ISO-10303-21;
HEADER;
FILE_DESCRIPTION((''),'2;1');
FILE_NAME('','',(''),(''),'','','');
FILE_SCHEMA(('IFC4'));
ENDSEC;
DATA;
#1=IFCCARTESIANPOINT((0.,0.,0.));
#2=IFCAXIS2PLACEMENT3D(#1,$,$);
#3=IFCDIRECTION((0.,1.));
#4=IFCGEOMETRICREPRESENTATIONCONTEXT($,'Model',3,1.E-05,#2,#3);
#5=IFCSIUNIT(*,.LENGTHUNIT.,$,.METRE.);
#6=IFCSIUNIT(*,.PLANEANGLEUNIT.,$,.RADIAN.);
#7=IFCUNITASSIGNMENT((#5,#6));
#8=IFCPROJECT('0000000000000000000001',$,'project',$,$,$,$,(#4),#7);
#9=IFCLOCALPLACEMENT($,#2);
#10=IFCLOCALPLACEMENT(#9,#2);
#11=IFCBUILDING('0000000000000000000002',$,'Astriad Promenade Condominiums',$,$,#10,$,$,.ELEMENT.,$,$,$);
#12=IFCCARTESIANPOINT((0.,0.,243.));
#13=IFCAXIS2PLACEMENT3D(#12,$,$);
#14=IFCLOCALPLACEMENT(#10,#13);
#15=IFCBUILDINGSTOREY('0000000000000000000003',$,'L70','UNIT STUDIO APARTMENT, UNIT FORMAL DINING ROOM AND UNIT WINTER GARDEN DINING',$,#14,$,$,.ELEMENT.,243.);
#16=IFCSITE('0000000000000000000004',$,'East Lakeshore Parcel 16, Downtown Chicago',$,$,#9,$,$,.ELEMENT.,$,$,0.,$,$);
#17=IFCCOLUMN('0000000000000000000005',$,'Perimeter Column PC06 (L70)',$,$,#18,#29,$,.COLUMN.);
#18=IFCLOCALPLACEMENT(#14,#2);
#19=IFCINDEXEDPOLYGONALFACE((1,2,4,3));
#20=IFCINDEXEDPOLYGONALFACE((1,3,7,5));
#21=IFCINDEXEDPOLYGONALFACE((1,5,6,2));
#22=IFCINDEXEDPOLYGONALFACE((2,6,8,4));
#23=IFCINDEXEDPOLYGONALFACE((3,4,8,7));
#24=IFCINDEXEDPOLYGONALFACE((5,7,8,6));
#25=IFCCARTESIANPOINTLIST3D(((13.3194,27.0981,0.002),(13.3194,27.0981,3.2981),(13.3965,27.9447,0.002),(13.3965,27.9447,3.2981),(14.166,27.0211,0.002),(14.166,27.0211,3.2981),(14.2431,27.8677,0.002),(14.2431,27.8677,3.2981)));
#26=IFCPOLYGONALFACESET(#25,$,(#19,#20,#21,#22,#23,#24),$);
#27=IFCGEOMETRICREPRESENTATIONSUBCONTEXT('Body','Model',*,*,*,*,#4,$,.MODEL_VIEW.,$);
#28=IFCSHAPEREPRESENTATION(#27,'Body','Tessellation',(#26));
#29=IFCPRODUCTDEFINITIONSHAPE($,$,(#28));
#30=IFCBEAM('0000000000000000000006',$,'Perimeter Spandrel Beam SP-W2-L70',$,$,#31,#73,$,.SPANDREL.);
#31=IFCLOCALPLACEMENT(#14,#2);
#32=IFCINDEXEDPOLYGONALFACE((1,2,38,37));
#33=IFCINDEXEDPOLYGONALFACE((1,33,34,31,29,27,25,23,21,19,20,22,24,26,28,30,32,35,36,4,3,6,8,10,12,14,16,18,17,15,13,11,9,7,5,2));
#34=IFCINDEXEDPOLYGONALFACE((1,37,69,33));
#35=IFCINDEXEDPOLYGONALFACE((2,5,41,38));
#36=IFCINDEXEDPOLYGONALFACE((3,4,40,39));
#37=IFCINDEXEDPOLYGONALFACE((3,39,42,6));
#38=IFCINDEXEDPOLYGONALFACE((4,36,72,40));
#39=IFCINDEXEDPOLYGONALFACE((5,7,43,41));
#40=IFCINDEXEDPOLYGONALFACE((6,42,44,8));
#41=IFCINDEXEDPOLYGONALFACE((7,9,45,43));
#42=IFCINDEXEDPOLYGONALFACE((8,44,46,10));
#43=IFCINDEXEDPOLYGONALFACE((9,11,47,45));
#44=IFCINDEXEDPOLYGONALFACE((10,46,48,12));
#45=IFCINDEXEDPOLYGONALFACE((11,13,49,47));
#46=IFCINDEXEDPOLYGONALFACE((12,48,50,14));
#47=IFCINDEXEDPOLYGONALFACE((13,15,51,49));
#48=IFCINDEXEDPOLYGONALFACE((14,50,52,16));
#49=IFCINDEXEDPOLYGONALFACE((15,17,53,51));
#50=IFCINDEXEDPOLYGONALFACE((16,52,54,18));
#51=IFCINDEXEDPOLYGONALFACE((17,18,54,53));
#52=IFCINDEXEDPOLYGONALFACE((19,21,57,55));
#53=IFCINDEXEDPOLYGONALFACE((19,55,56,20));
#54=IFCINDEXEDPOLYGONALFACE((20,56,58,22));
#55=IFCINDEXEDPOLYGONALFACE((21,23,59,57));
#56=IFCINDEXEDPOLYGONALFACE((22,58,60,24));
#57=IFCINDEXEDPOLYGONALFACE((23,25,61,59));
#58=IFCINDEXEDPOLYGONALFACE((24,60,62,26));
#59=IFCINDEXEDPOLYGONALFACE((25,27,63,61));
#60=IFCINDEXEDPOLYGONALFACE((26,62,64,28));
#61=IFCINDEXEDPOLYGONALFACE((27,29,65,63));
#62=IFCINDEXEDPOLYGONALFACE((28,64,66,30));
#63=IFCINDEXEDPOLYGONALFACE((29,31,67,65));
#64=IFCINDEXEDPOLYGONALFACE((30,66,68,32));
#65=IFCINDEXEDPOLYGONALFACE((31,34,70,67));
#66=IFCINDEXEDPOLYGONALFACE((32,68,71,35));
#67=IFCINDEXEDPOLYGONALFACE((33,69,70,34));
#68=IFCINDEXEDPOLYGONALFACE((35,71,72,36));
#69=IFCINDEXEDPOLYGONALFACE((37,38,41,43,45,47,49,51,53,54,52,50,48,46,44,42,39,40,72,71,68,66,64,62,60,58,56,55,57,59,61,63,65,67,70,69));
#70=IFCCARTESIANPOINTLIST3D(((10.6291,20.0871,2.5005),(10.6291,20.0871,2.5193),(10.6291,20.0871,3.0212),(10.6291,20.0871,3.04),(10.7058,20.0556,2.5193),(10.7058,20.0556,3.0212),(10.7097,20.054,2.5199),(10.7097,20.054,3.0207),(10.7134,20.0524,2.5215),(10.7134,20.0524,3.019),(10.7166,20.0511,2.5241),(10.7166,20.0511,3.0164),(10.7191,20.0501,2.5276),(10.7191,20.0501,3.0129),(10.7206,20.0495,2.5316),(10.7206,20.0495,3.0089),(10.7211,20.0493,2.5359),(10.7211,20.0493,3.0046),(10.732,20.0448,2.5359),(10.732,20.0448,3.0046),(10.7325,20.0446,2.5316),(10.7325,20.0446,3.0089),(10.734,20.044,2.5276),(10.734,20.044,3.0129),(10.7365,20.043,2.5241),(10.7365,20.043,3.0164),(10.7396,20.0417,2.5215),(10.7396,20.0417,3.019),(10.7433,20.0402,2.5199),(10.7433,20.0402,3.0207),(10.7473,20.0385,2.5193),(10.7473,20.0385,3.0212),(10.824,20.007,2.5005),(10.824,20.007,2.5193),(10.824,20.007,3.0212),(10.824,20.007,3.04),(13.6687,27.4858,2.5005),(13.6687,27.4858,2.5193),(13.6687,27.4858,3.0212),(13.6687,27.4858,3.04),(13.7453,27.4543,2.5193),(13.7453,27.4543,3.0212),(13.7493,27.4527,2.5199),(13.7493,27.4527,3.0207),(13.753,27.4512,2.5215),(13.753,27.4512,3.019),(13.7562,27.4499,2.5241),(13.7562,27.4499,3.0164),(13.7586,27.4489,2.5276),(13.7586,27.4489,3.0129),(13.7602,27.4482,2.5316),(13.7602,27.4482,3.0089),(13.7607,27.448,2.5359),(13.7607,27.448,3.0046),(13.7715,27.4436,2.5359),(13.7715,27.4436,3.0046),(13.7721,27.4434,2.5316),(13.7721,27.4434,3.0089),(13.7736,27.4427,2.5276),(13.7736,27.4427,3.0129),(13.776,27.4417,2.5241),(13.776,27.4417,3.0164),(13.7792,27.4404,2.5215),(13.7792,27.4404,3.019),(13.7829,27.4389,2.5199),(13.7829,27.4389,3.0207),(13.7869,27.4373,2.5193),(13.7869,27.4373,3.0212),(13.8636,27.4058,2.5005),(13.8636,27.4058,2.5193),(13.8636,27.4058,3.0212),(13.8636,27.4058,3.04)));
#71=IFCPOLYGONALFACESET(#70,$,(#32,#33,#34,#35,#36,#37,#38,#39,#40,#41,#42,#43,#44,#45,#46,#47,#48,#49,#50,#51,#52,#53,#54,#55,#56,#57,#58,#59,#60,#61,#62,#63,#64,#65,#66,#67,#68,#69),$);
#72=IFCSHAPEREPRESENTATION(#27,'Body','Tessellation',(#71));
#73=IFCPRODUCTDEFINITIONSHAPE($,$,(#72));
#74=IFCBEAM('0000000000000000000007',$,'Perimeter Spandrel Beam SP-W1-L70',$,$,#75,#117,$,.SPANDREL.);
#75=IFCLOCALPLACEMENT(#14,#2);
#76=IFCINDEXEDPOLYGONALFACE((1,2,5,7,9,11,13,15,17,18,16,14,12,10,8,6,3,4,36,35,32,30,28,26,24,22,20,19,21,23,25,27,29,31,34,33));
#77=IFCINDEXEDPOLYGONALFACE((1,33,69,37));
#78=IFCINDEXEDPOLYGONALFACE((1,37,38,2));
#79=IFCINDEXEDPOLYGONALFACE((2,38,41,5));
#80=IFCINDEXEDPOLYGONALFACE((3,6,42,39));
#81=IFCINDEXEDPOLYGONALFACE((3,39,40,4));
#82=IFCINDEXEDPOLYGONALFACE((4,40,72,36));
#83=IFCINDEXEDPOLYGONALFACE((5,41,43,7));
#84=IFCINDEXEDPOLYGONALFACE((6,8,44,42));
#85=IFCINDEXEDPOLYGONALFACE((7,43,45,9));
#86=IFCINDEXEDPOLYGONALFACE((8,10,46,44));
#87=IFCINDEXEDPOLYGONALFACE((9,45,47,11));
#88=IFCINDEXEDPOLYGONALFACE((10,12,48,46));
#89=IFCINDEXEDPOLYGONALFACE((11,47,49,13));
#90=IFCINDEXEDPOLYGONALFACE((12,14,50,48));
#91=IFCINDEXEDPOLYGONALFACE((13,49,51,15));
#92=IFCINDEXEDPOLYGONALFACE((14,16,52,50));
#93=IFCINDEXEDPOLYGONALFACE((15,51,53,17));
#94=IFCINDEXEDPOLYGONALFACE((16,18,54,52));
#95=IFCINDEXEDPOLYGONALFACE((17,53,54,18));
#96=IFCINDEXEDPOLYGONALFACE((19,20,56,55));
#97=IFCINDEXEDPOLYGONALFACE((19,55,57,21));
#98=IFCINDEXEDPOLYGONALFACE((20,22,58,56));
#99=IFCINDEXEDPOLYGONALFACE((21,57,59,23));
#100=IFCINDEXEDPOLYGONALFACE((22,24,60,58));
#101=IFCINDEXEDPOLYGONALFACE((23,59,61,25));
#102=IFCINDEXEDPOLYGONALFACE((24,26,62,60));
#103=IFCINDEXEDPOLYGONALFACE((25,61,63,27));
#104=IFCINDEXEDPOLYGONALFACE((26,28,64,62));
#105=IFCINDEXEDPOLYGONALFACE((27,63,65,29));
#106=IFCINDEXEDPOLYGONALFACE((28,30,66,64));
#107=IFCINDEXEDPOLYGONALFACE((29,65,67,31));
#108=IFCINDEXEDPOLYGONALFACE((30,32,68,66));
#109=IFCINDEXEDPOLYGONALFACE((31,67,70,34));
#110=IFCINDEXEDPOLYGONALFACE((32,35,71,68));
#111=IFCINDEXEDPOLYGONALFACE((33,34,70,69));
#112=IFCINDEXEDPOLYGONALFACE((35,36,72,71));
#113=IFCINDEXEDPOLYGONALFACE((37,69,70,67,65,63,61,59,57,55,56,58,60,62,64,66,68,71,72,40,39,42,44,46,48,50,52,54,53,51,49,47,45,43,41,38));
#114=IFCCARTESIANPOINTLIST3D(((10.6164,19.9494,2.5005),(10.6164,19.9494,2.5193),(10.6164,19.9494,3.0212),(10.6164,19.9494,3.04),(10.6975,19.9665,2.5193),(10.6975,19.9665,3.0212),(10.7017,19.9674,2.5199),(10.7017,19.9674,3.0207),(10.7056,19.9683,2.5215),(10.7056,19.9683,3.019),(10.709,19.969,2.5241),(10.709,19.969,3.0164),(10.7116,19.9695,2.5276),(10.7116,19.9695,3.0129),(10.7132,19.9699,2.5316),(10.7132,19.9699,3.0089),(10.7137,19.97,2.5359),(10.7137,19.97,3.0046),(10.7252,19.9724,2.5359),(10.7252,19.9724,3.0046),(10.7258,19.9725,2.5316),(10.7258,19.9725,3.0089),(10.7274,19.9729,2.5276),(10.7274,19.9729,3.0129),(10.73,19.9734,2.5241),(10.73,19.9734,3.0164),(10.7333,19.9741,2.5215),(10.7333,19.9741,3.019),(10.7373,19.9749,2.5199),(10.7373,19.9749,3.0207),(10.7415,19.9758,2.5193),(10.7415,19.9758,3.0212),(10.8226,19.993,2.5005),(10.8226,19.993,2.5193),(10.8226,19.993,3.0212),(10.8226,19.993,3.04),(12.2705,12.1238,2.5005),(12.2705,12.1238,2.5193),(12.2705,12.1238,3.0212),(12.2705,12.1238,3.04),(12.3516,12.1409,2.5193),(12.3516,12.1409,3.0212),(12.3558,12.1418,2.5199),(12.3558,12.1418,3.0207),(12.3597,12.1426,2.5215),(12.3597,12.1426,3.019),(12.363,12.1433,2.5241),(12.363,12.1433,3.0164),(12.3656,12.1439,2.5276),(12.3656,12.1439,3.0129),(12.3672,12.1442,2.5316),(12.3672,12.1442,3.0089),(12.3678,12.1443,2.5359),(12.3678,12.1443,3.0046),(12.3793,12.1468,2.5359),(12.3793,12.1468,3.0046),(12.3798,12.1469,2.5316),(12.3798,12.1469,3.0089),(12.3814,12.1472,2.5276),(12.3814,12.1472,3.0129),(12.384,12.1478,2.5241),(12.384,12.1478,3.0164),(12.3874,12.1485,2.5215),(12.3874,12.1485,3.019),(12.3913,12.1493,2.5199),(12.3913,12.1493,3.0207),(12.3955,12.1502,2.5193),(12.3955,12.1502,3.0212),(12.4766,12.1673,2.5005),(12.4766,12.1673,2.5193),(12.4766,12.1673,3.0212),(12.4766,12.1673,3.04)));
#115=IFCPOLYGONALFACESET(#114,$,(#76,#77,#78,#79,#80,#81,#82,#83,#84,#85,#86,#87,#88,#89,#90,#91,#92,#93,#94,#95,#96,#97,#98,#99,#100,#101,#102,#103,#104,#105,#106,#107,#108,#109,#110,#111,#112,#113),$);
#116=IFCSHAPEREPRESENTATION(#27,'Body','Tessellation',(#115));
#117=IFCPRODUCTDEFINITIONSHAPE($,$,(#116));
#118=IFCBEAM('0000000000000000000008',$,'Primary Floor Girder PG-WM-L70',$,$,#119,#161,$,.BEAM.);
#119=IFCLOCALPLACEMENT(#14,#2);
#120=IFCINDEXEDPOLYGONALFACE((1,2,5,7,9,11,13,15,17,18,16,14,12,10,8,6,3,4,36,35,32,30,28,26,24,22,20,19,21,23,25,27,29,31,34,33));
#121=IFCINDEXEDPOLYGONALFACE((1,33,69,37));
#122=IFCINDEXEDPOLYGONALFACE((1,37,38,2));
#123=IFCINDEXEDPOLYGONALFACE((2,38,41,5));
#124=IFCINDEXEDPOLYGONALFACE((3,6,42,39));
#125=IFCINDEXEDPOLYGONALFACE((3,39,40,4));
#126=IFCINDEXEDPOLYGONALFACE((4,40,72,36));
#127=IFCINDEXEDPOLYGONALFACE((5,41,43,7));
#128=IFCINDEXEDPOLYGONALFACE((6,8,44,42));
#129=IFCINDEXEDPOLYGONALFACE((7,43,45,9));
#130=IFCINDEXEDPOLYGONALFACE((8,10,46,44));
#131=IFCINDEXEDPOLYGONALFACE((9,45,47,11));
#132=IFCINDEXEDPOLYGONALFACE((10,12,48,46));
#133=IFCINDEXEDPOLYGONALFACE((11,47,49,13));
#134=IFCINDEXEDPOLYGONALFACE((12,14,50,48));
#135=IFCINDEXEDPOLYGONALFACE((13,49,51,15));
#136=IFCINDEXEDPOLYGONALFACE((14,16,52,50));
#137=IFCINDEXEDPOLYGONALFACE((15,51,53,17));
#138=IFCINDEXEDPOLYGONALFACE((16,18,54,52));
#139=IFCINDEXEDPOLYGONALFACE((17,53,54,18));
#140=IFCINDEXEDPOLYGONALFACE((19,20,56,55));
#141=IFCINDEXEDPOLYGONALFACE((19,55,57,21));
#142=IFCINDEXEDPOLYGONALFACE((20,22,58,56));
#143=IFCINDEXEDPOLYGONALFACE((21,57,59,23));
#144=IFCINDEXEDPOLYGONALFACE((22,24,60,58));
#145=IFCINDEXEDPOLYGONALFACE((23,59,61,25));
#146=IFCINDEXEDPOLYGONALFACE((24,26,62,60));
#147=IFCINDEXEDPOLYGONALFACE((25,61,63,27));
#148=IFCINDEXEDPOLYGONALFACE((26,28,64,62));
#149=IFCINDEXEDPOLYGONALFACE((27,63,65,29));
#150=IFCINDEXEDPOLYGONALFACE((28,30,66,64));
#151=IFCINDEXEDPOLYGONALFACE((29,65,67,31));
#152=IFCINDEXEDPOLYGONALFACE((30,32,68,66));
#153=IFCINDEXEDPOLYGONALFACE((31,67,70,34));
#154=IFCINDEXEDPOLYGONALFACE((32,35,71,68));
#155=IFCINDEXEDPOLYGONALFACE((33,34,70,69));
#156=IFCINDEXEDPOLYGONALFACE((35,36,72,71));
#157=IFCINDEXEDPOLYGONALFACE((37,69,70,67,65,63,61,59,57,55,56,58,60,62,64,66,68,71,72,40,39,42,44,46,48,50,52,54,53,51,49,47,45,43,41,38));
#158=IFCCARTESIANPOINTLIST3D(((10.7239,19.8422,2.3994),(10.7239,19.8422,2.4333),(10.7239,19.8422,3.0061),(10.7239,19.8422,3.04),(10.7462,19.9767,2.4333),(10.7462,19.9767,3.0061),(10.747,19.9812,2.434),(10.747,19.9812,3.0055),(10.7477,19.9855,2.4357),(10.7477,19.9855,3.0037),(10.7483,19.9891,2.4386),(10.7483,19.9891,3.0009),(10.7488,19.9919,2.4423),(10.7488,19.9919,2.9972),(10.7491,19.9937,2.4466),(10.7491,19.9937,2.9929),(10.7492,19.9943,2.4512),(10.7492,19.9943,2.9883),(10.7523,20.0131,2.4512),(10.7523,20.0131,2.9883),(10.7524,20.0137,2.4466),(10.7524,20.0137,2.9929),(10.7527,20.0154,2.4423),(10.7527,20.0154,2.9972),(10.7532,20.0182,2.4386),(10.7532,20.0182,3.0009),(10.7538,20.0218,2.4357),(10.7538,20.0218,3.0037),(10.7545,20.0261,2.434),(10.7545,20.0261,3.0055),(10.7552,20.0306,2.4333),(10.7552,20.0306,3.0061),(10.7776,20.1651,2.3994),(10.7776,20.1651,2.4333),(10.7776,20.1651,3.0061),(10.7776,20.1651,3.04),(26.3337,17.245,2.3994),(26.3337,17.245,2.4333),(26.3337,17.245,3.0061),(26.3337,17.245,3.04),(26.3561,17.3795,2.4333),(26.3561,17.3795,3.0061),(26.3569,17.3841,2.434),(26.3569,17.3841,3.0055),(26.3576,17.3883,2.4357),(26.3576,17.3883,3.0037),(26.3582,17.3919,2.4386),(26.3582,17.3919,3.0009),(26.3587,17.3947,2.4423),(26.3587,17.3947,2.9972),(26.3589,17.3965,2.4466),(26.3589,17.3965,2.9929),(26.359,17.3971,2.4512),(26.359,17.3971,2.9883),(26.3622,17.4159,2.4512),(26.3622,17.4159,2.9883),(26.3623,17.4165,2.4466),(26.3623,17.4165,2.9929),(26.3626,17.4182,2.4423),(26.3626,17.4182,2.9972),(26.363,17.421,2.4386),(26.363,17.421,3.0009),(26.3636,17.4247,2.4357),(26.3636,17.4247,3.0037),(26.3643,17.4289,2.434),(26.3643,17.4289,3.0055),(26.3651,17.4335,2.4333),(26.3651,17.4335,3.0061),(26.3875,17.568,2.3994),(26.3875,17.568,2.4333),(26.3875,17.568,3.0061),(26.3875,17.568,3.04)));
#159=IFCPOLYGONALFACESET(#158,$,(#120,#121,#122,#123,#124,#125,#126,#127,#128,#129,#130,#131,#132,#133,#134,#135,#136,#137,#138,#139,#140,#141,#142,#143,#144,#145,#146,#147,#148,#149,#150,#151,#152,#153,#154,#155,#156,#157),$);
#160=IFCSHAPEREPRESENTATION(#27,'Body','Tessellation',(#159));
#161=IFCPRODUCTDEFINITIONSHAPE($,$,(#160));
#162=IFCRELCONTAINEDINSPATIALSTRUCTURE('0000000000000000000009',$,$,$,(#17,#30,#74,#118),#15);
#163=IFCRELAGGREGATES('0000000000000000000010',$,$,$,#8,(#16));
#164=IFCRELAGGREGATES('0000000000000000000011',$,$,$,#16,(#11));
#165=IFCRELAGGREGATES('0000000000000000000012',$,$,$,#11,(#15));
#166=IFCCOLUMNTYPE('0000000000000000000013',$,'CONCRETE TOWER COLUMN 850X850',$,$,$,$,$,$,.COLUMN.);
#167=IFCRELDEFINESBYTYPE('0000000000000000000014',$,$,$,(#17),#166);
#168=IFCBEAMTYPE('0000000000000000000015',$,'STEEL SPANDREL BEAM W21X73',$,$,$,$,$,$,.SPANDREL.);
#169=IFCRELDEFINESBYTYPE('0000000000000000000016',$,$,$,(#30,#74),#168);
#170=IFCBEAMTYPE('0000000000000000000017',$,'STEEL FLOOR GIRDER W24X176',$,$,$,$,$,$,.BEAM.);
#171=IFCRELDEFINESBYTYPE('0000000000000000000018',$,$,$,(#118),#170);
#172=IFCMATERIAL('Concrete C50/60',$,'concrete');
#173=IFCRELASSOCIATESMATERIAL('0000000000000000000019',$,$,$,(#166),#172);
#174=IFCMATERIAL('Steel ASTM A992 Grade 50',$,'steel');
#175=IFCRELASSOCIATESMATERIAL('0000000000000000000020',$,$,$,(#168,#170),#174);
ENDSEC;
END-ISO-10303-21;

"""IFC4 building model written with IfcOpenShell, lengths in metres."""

from ifc_helpers import new_model, si_unit, direction, frame, origin, origin_2d, place, context, subcontext, project, spatial, rectangle, i_section, extrude, source, transform, mapped, material, material_profile, profile_set, type_object, type_shapes, element, save


model = new_model("IFC4")

# Units and contexts
model_context = context("Model", 3, precision=1e-05, world=origin(), true_north=direction((0.0, 1.0)))
body_context = subcontext(model_context, "Body", "Model", "MODEL_VIEW")
ifc_project = project(units=[si_unit("LENGTHUNIT", "METRE"), si_unit("PLANEANGLEUNIT", "RADIAN")], contexts=[model_context])

# Site, building, storey
site_placement = place(None, origin())
site = spatial("IfcSite", under=ifc_project, at=site_placement, Name="East Lakeshore Parcel 16, Downtown Chicago", CompositionType="ELEMENT", RefElevation=0.0)
building_placement = place(site_placement, origin())
building = spatial("IfcBuilding", under=site, at=building_placement, Name="Astriad Promenade Condominiums", CompositionType="ELEMENT")
storey_placement = place(building_placement, frame((0.0, 0.0, 243.0)))
storey = spatial("IfcBuildingStorey", under=building, at=storey_placement, Name="L70", Description="UNIT STUDIO APARTMENT, UNIT FORMAL DINING ROOM AND UNIT WINTER GARDEN DINING", CompositionType="ELEMENT", Elevation=243.0)

# Column
ifc_material_1 = material(Name="Concrete C50/60", Category="concrete")
ifc_material_profile_1 = material_profile(ifc_material_1, rectangle(XDim=0.8501, YDim=0.8501, at=origin_2d()), Name="RC-COL-850X850")
ifc_profile_set_1 = profile_set([ifc_material_profile_1], Name="Concrete C50/60")
column_type = type_object("IfcColumnType", Name="CONCRETE TOWER COLUMN 850X850", PredefinedType="COLUMN", material=ifc_profile_set_1)
shared_shape_1 = source(origin(), body_context, "Body", "SweptSolid", [
    extrude(rectangle(XDim=0.8501, YDim=0.8501, at=origin_2d()), origin(), (0.0, 0.0, 1.0), 3.2961),
])
type_shapes(column_type, [shared_shape_1])
column_placement = place(storey_placement, frame((13.7812, 27.4829, 0.002), z_axis=(0.0, 0.0, 1.0), x_axis=(0.995884, -0.090633, 0.0)))
element("IfcColumn", 1, at=column_placement, inside=storey, type_object=column_type, Name="Perimeter Column PC06 (L70)", PredefinedType="COLUMN", context=body_context, shape_type="MappedRepresentation", body=[
    mapped(shared_shape_1, transform((0.0, 0.0, 0.0), scale=1.0)),
])

# Beams
ifc_material_2 = material(Name="Steel ASTM A992 Grade 50", Category="steel")
ifc_material_profile_2 = material_profile(ifc_material_2, i_section(OverallWidth=0.2107, OverallDepth=0.5396, WebThickness=0.0117, FlangeThickness=0.0188, FilletRadius=0.0166, at=origin_2d()), Name="W21X73")
ifc_profile_set_2 = profile_set([ifc_material_profile_2], Name="Steel ASTM A992 Grade 50")
beam_type_1 = type_object("IfcBeamType", Name="STEEL SPANDREL BEAM W21X73", PredefinedType="SPANDREL", material=ifc_profile_set_2)
shared_shape_2 = source(origin(), body_context, "Body", "SweptSolid", [
    extrude(i_section(OverallWidth=0.2107, OverallDepth=0.5396, WebThickness=0.0117, FlangeThickness=0.0188, FilletRadius=0.0166, at=origin_2d()), origin(), (0.0, 0.0, 1.0), 7.9988),
])
beam_1_placement = place(storey_placement, frame((13.7661, 27.4458, 2.7703), z_axis=(-0.380005, -0.924984, 0.0), x_axis=(0.924984, -0.380005, 0.0)))
element("IfcBeam", 2, at=beam_1_placement, inside=storey, type_object=beam_type_1, Name="Perimeter Spandrel Beam SP-W2-L70", PredefinedType="SPANDREL", context=body_context, shape_type="MappedRepresentation", body=[
    mapped(shared_shape_2, transform((0.0, 0.0, 0.0), scale=1.0)),
])
shared_shape_3 = source(origin(), body_context, "Body", "SweptSolid", [
    extrude(i_section(OverallWidth=0.2107, OverallDepth=0.5396, WebThickness=0.0117, FlangeThickness=0.0188, FilletRadius=0.0166, at=origin_2d()), origin(), (0.0, 0.0, 1.0), 7.9985),
])
type_shapes(beam_type_1, [shared_shape_2, shared_shape_3])
beam_2_placement = place(storey_placement, frame((10.7195, 19.9712, 2.7703), z_axis=(0.206793, -0.978385, 0.0), x_axis=(0.978385, 0.206793, 0.0)))
element("IfcBeam", 3, at=beam_2_placement, inside=storey, type_object=beam_type_1, Name="Perimeter Spandrel Beam SP-W1-L70", PredefinedType="SPANDREL", context=body_context, shape_type="MappedRepresentation", body=[
    mapped(shared_shape_3, transform((0.0, 0.0, 0.0), scale=1.0)),
])
ifc_material_profile_3 = material_profile(ifc_material_2, i_section(OverallWidth=0.3274, OverallDepth=0.6406, WebThickness=0.019, FlangeThickness=0.0339, FilletRadius=0.0178, at=origin_2d()), Name="W24X176")
ifc_profile_set_3 = profile_set([ifc_material_profile_3], Name="Steel ASTM A992 Grade 50")
beam_type_2 = type_object("IfcBeamType", Name="STEEL FLOOR GIRDER W24X176", PredefinedType="BEAM", material=ifc_profile_set_3)
shared_shape_4 = source(origin(), body_context, "Body", "SweptSolid", [
    extrude(i_section(OverallWidth=0.3274, OverallDepth=0.6406, WebThickness=0.019, FlangeThickness=0.0339, FilletRadius=0.0178, at=origin_2d()), origin(), (0.0, 0.0, 1.0), 15.8245),
])
type_shapes(beam_type_2, [shared_shape_4])
beam_3_placement = place(storey_placement, frame((10.7507, 20.0037, 2.7197), z_axis=(0.98644, -0.164124, 0.0), x_axis=(0.164124, 0.98644, 0.0)))
element("IfcBeam", 4, at=beam_3_placement, inside=storey, type_object=beam_type_2, Name="Primary Floor Girder PG-WM-L70", PredefinedType="BEAM", context=body_context, shape_type="MappedRepresentation", body=[
    mapped(shared_shape_4, transform((0.0, 0.0, 0.0), scale=1.0)),
])

save(model, "model.ifc")
